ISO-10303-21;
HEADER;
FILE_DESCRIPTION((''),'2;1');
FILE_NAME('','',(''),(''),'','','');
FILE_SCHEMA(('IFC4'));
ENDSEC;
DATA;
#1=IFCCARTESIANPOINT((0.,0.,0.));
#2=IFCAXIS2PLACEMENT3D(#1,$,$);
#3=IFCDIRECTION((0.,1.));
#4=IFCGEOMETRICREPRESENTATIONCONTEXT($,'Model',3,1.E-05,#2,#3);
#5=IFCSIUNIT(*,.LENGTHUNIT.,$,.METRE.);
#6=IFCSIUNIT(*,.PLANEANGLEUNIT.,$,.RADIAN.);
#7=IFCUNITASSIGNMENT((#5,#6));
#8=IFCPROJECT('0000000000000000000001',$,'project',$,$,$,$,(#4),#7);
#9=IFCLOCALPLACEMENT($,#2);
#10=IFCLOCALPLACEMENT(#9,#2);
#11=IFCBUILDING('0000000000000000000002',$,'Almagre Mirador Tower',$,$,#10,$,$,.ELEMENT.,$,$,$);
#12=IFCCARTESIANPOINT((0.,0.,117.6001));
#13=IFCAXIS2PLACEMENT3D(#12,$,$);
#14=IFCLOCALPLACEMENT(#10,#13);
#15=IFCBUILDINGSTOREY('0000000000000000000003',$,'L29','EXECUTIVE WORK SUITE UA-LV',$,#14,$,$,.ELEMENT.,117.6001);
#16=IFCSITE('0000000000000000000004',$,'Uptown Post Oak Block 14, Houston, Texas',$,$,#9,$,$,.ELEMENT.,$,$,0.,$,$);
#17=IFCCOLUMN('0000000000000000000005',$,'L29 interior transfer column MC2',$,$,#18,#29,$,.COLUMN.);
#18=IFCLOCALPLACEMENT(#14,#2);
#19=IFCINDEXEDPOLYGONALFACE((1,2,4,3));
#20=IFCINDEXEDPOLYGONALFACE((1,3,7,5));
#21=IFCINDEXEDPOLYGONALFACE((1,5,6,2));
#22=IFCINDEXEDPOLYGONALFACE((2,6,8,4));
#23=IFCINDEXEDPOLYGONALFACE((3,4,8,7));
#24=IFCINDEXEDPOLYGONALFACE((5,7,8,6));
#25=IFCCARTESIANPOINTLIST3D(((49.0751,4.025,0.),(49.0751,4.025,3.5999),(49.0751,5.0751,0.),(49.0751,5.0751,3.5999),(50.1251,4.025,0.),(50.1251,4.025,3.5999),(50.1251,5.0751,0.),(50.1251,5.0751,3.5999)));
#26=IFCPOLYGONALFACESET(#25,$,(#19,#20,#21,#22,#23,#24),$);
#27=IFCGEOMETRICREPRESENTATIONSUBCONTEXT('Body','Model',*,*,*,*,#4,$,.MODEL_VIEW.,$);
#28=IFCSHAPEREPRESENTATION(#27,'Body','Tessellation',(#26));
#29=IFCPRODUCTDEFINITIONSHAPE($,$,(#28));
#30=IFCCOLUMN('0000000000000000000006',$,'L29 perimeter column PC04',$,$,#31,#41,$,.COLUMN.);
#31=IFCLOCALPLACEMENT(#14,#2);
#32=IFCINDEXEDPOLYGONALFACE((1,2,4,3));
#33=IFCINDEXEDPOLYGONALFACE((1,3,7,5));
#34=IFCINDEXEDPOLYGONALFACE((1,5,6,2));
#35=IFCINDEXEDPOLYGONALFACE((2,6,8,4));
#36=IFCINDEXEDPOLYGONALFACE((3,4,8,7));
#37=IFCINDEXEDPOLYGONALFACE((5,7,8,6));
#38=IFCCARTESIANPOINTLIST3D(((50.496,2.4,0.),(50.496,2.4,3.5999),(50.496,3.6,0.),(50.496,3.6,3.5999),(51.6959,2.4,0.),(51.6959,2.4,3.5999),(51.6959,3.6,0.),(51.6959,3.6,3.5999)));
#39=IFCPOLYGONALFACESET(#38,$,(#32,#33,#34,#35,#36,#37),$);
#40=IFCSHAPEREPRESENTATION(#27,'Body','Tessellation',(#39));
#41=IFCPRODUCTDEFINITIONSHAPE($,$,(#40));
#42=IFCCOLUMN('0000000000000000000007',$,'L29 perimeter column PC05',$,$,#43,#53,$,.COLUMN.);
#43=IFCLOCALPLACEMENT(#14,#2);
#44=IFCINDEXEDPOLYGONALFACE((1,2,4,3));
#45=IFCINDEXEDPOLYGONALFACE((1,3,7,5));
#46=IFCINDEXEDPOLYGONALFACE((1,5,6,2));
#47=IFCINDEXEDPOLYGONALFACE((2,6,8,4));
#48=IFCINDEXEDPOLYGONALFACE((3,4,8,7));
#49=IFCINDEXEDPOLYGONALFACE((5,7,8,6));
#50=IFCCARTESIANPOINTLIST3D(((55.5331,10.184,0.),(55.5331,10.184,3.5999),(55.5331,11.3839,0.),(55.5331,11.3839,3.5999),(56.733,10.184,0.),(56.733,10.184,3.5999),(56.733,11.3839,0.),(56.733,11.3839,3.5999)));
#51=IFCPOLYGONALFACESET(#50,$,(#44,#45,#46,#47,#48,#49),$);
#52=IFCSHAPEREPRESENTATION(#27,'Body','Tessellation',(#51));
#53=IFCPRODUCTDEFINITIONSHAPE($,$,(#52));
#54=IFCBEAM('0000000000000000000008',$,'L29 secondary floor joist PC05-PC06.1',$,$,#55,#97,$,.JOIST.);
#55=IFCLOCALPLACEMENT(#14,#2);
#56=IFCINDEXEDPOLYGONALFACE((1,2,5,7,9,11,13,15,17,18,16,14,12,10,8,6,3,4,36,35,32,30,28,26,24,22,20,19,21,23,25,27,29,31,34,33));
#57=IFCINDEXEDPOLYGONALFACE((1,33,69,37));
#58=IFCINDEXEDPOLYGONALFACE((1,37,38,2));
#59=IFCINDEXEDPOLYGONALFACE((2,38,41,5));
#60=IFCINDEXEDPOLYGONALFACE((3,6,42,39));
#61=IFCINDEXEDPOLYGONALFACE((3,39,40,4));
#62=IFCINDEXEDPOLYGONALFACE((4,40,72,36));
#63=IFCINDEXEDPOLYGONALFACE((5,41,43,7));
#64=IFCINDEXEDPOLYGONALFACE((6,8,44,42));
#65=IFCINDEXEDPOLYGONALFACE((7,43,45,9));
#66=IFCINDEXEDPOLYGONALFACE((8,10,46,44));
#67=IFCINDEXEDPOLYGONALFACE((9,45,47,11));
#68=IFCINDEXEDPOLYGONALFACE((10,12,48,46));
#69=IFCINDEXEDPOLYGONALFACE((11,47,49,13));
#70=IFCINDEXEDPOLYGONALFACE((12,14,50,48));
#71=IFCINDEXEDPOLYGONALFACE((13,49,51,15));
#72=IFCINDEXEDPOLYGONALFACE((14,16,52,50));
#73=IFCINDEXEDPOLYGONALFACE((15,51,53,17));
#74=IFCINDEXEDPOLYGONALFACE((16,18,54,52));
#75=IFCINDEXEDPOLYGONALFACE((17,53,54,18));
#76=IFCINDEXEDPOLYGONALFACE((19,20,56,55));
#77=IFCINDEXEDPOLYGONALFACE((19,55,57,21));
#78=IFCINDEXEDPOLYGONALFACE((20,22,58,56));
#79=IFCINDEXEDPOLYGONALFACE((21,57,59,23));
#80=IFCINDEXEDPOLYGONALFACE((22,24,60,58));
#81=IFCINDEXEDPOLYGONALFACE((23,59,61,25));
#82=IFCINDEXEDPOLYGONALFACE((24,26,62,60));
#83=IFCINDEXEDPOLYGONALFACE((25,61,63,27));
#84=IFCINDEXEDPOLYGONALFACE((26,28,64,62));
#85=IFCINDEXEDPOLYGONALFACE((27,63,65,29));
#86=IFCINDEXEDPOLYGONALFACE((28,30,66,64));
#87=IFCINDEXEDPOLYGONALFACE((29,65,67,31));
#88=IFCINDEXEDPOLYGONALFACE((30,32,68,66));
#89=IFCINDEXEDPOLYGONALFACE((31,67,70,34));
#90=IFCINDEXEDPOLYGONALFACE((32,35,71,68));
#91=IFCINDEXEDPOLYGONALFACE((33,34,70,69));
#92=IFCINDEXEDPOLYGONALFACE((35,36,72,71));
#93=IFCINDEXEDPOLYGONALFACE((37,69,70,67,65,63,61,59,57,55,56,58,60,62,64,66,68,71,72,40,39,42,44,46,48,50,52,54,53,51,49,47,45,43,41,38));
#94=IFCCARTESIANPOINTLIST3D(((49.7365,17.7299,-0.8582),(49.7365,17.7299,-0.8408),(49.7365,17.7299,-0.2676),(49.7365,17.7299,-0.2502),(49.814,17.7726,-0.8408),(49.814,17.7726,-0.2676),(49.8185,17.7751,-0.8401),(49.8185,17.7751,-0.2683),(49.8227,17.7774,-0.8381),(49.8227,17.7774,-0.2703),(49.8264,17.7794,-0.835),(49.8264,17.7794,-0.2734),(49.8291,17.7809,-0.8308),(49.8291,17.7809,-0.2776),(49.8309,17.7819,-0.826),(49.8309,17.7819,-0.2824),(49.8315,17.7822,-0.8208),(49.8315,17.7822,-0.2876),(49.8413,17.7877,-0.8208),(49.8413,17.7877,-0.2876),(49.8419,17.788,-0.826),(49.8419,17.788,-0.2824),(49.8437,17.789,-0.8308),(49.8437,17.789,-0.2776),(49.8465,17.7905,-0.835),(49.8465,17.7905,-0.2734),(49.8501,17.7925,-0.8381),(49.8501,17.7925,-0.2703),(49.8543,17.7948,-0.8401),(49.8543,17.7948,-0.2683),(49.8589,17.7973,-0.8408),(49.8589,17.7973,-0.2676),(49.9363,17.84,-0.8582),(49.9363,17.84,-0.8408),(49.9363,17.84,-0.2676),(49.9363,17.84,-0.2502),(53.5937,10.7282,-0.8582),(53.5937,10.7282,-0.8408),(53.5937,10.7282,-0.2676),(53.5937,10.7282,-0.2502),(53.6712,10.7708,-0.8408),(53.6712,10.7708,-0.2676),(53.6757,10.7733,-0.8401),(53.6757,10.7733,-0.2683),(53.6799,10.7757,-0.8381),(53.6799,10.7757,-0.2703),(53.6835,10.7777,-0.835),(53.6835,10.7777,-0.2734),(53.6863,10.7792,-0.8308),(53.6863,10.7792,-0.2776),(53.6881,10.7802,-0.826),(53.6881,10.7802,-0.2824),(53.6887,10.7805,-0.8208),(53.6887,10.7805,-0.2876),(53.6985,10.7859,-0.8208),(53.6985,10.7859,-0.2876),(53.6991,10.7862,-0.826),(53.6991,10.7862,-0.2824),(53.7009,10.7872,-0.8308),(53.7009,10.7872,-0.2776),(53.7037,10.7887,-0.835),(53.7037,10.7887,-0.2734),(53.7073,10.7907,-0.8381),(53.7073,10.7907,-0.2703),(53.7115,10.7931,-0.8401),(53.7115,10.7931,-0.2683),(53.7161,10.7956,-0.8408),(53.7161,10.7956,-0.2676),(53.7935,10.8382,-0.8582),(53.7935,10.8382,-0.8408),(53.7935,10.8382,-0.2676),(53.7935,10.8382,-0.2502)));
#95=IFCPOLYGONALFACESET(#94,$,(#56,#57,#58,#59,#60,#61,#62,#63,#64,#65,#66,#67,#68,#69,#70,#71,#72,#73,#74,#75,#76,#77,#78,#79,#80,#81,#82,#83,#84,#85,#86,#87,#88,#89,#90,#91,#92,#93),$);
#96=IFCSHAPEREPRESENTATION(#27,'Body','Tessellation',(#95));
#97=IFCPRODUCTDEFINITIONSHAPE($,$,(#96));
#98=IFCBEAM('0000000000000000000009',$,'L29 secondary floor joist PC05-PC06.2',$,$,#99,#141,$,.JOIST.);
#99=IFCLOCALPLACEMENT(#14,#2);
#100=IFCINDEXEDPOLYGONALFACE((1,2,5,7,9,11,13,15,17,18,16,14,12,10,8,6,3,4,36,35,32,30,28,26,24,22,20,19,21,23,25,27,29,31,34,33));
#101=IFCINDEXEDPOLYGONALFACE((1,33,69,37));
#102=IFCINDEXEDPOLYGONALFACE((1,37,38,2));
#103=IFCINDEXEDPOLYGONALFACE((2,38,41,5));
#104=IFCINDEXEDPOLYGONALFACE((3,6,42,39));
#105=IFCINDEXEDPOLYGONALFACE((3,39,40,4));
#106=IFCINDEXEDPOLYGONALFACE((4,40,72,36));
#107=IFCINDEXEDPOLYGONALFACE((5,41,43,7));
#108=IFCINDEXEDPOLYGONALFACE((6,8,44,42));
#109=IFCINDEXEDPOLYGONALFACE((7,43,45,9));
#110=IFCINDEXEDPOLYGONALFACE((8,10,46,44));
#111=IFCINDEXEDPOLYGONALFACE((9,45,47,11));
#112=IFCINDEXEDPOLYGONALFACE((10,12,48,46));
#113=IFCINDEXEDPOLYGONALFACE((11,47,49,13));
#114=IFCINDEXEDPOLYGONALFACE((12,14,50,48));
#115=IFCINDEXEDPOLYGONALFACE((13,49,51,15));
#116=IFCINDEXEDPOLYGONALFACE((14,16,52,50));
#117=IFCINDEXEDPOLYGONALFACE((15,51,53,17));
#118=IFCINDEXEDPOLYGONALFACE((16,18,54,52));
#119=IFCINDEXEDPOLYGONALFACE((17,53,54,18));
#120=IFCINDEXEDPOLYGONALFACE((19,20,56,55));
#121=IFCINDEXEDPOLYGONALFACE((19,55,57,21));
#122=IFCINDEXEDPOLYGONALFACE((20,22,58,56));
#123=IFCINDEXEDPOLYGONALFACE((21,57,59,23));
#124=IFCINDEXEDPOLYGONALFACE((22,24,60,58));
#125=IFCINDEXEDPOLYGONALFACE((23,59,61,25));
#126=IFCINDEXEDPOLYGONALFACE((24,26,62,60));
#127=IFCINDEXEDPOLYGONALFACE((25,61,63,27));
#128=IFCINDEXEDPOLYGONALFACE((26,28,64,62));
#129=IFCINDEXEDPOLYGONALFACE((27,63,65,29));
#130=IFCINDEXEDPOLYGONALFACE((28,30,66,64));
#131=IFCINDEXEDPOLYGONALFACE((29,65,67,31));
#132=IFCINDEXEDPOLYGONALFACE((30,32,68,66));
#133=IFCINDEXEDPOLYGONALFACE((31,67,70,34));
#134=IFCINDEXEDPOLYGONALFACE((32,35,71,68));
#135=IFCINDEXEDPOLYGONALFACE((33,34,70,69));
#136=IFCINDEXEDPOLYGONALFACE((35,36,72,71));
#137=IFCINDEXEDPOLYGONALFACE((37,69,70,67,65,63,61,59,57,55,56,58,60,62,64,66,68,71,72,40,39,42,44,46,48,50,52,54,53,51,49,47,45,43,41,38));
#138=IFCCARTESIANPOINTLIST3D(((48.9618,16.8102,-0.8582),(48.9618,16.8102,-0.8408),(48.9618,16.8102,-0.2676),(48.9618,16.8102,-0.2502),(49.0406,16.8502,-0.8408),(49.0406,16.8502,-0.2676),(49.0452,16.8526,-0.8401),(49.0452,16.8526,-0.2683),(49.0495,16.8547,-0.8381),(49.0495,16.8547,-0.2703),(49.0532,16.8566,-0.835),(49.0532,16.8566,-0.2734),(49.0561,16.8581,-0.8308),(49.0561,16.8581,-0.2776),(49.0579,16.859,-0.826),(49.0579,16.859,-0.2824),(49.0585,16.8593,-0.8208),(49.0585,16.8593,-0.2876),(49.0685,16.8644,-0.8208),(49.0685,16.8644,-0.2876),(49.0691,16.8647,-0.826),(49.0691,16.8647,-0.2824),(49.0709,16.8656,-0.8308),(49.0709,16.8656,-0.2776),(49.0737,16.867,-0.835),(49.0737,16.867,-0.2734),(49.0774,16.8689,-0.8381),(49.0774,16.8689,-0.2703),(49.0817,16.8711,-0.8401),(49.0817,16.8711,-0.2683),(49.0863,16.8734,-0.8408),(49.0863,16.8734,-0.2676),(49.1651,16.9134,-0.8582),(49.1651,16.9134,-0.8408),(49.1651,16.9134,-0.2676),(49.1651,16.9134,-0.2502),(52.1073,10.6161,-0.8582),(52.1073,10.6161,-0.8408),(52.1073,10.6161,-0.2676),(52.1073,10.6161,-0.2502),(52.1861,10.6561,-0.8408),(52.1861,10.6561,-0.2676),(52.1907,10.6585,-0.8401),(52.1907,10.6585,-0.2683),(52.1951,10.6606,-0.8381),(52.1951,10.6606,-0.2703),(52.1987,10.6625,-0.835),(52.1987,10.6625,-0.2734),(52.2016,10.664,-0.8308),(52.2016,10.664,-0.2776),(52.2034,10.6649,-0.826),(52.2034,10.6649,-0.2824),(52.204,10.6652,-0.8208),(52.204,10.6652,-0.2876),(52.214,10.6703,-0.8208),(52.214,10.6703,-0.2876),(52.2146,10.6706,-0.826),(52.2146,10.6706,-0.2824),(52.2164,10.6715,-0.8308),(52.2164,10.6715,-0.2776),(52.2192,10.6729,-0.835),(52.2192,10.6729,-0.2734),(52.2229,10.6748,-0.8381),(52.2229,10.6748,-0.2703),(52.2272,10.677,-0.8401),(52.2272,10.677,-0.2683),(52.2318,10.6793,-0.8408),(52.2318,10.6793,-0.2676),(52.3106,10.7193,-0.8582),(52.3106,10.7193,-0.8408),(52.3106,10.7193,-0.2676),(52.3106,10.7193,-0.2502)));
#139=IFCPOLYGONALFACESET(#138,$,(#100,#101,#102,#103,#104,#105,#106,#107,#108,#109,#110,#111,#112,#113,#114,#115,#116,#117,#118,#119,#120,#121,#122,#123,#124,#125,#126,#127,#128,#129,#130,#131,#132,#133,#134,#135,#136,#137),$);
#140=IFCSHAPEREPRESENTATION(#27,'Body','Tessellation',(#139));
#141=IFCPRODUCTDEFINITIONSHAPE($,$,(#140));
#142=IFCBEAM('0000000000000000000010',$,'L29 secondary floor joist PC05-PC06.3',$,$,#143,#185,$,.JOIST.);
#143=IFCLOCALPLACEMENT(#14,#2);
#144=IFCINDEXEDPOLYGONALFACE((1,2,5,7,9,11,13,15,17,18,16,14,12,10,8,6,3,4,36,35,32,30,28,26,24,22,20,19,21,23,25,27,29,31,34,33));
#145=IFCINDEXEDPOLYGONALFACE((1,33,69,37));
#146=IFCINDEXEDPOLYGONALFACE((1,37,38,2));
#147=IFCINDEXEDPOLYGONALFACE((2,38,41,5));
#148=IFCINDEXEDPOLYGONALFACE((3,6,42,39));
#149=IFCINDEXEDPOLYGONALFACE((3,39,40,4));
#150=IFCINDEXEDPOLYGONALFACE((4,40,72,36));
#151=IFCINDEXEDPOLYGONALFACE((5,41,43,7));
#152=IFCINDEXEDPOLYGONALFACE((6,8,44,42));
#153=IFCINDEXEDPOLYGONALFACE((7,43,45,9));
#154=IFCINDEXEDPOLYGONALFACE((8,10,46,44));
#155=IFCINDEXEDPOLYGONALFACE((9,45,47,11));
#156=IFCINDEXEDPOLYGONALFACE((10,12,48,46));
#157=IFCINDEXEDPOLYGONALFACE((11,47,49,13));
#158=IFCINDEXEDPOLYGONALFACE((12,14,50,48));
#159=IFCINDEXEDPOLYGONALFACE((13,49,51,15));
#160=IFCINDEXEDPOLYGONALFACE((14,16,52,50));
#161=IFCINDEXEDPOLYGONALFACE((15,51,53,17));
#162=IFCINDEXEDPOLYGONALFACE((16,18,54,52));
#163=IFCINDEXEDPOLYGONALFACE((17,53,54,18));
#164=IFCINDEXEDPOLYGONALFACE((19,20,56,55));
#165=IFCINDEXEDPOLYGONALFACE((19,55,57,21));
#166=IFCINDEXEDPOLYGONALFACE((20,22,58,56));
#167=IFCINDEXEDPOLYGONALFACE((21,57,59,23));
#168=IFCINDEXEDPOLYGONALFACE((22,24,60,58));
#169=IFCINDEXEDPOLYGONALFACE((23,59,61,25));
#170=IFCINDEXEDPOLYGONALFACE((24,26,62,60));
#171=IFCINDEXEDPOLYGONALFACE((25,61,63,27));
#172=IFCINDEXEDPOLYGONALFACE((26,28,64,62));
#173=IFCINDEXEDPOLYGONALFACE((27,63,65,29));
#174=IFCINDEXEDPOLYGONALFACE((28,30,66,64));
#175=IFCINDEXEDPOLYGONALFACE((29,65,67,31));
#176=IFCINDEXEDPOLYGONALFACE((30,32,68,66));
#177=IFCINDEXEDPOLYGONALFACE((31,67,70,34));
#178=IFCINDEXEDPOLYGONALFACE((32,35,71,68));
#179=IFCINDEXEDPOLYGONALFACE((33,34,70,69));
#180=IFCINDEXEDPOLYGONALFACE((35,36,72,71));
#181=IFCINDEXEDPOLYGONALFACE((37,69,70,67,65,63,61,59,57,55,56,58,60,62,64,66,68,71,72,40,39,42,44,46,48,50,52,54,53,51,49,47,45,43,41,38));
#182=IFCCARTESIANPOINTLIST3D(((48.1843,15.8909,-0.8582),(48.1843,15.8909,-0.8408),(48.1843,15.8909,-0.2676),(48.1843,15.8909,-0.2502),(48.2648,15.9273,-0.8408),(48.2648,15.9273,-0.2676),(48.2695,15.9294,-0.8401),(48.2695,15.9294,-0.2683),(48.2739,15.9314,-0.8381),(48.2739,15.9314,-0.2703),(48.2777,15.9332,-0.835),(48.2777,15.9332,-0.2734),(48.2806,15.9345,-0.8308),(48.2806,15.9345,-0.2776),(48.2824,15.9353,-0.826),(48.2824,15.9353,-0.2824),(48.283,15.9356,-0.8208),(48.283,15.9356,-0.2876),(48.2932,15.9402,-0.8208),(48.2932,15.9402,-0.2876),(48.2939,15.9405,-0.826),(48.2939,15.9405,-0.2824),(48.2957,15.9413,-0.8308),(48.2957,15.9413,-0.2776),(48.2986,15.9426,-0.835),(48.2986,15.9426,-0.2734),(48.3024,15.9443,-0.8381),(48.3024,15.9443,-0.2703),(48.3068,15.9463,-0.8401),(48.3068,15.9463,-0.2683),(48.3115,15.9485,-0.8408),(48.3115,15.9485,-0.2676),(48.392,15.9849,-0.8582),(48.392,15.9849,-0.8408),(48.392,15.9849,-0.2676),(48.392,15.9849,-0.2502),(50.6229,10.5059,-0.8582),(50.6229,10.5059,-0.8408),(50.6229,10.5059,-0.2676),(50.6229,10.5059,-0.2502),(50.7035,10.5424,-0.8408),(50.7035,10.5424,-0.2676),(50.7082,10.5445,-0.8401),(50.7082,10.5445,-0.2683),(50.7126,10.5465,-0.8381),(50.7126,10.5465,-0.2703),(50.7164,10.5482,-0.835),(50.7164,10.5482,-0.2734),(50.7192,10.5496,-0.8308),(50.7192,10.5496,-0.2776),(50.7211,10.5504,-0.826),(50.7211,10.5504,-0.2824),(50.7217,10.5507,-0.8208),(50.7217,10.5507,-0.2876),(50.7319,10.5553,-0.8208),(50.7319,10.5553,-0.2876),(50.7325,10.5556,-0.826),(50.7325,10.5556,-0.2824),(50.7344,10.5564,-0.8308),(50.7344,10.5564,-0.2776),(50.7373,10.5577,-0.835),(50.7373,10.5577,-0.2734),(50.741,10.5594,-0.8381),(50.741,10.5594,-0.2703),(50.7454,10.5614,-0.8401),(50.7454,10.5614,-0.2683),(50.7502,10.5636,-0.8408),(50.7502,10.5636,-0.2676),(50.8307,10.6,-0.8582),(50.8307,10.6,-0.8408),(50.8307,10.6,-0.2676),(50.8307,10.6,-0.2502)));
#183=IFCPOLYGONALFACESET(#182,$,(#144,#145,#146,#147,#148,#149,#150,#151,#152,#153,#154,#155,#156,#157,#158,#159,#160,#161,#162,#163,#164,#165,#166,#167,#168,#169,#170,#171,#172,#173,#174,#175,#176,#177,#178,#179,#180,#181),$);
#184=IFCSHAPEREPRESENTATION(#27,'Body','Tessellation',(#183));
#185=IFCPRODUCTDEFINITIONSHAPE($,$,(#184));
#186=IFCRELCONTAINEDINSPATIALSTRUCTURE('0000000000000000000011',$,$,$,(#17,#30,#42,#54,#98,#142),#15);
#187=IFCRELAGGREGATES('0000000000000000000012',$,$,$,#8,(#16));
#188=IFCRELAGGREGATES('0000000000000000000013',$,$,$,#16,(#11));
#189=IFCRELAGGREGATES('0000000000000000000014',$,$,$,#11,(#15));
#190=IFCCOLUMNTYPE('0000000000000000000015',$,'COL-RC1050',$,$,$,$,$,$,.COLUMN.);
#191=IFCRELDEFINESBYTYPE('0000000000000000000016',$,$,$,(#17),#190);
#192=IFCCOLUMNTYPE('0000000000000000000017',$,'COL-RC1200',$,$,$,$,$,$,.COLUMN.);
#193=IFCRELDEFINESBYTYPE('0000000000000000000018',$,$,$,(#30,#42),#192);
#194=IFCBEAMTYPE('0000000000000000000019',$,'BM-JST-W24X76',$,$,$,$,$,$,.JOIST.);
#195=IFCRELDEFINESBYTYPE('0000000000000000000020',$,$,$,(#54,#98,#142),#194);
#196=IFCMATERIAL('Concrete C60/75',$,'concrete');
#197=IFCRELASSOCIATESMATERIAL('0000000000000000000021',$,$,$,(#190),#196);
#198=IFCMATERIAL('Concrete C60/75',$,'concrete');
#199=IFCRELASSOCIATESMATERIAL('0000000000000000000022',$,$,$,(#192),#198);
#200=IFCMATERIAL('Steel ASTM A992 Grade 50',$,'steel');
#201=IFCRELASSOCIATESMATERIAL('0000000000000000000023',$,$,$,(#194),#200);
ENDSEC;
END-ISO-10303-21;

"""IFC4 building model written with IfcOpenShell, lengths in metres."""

from ifc_helpers import new_model, si_unit, direction, frame, origin, origin_2d, place, context, subcontext, project, spatial, rectangle, i_section, extrude, material, material_profile, profile_set, type_object, element, save


model = new_model("IFC4")

# Units and contexts
model_context = context("Model", 3, precision=1e-05, world=origin(), true_north=direction((0.0, 1.0)))
body_context = subcontext(model_context, "Body", "Model", "MODEL_VIEW")
ifc_project = project(units=[si_unit("LENGTHUNIT", "METRE"), si_unit("PLANEANGLEUNIT", "RADIAN")], contexts=[model_context])

# Site, building, storey
site_placement = place(None, origin())
site = spatial("IfcSite", under=ifc_project, at=site_placement, Name="Uptown Post Oak Block 14, Houston, Texas", CompositionType="ELEMENT", RefElevation=0.0)
building_placement = place(site_placement, origin())
building = spatial("IfcBuilding", under=site, at=building_placement, Name="Almagre Mirador Tower", CompositionType="ELEMENT")
storey_placement = place(building_placement, frame((0.0, 0.0, 117.6001)))
storey = spatial("IfcBuildingStorey", under=building, at=storey_placement, Name="L29", Description="EXECUTIVE WORK SUITE UA-LV", CompositionType="ELEMENT", Elevation=117.6001)

# Columns
ifc_material_1 = material(Name="Concrete C60/75", Category="concrete")
ifc_material_profile_1 = material_profile(ifc_material_1, rectangle(XDim=1.05, YDim=1.05, at=origin_2d()), Name="RC1050X1050")
ifc_profile_set_1 = profile_set([ifc_material_profile_1], Name="Concrete C60/75")
column_type_1 = type_object("IfcColumnType", Name="COL-RC1050", PredefinedType="COLUMN", material=ifc_profile_set_1)
column_placement = place(storey_placement, frame((49.6001, 4.55, 0.0), z_axis=(0.0, 0.0, 1.0), x_axis=(1.0, 0.0, 0.0)))
element("IfcColumn", 1, at=column_placement, inside=storey, type_object=column_type_1, Name="L29 interior transfer column MC2", PredefinedType="COLUMN", context=body_context, shape_type="SweptSolid", body=[
    extrude(rectangle(XDim=1.05, YDim=1.05, at=origin_2d()), origin(), (0.0, 0.0, 1.0), 3.5999),
])
ifc_material_2 = material(Name="Concrete C60/75", Category="concrete")
ifc_material_profile_2 = material_profile(ifc_material_2, rectangle(XDim=1.2, YDim=1.2, at=origin_2d()), Name="RC1200X1200")
ifc_profile_set_2 = profile_set([ifc_material_profile_2], Name="Concrete C60/75")
column_type_2 = type_object("IfcColumnType", Name="COL-RC1200", PredefinedType="COLUMN", material=ifc_profile_set_2)
for number, where, z_axis, x_axis, name in (
    (2, (51.0959, 3.0, 0.0), (0.0, 0.0, 1.0), (1.0, 0.0, 0.0), "L29 perimeter column PC04"),
    (3, (56.1331, 10.7839, 0.0), (0.0, 0.0, 1.0), (1.0, 0.0, 0.0), "L29 perimeter column PC05"),
):
    element("IfcColumn", number, at=place(storey_placement, frame(where, z_axis=z_axis, x_axis=x_axis)), inside=storey, type_object=column_type_2, Name=name, PredefinedType="COLUMN", context=body_context, shape_type="SweptSolid", body=[
        extrude(rectangle(XDim=1.2, YDim=1.2, at=origin_2d()), origin(), (0.0, 0.0, 1.0), 3.5999),
    ])

# Beams
ifc_material_3 = material(Name="Steel ASTM A992 Grade 50", Category="steel")
ifc_material_profile_3 = material_profile(ifc_material_3, i_section(OverallWidth=0.228, OverallDepth=0.6079, WebThickness=0.0112, FlangeThickness=0.0173, FilletRadius=0.02, at=origin_2d()), Name="W24X76")
ifc_profile_set_3 = profile_set([ifc_material_profile_3], Name="Steel ASTM A992 Grade 50")
beam_type_1 = type_object("IfcBeamType", Name="BM-JST-W24X76", PredefinedType="JOIST", material=ifc_profile_set_3)
beam_1_placement = place(storey_placement, frame((53.6936, 10.7832, -0.5542), z_axis=(-0.482518, 0.875886, 0.0), x_axis=(-0.875886, -0.482518, 0.0)))
element("IfcBeam", 4, at=beam_1_placement, inside=storey, type_object=beam_type_1, Name="L29 secondary floor joist PC05-PC06.1", PredefinedType="JOIST", context=body_context, shape_type="SweptSolid", body=[
    extrude(i_section(OverallWidth=0.228, OverallDepth=0.6079, WebThickness=0.0112, FlangeThickness=0.0173, FilletRadius=0.02, at=origin_2d()), origin(), (0.0, 0.0, 1.0), 7.9939),
])
beam_2_placement = place(storey_placement, frame((52.209, 10.6677, -0.5542), z_axis=(-0.452786, 0.891619, 0.0), x_axis=(-0.891619, -0.452786, 0.0)))
element("IfcBeam", 5, at=beam_2_placement, inside=storey, type_object=beam_type_1, Name="L29 secondary floor joist PC05-PC06.2", PredefinedType="JOIST", context=body_context, shape_type="SweptSolid", body=[
    extrude(i_section(OverallWidth=0.228, OverallDepth=0.6079, WebThickness=0.0112, FlangeThickness=0.0173, FilletRadius=0.02, at=origin_2d()), origin(), (0.0, 0.0, 1.0), 6.947),
])
beam_3_placement = place(storey_placement, frame((50.7268, 10.553, -0.5542), z_axis=(-0.412539, 0.91094, 0.0), x_axis=(-0.91094, -0.412539, 0.0)))
element("IfcBeam", 6, at=beam_3_placement, inside=storey, type_object=beam_type_1, Name="L29 secondary floor joist PC05-PC06.3", PredefinedType="JOIST", context=body_context, shape_type="SweptSolid", body=[
    extrude(i_section(OverallWidth=0.228, OverallDepth=0.6079, WebThickness=0.0112, FlangeThickness=0.0173, FilletRadius=0.02, at=origin_2d()), origin(), (0.0, 0.0, 1.0), 5.9114),
])

save(model, "model.ifc")
